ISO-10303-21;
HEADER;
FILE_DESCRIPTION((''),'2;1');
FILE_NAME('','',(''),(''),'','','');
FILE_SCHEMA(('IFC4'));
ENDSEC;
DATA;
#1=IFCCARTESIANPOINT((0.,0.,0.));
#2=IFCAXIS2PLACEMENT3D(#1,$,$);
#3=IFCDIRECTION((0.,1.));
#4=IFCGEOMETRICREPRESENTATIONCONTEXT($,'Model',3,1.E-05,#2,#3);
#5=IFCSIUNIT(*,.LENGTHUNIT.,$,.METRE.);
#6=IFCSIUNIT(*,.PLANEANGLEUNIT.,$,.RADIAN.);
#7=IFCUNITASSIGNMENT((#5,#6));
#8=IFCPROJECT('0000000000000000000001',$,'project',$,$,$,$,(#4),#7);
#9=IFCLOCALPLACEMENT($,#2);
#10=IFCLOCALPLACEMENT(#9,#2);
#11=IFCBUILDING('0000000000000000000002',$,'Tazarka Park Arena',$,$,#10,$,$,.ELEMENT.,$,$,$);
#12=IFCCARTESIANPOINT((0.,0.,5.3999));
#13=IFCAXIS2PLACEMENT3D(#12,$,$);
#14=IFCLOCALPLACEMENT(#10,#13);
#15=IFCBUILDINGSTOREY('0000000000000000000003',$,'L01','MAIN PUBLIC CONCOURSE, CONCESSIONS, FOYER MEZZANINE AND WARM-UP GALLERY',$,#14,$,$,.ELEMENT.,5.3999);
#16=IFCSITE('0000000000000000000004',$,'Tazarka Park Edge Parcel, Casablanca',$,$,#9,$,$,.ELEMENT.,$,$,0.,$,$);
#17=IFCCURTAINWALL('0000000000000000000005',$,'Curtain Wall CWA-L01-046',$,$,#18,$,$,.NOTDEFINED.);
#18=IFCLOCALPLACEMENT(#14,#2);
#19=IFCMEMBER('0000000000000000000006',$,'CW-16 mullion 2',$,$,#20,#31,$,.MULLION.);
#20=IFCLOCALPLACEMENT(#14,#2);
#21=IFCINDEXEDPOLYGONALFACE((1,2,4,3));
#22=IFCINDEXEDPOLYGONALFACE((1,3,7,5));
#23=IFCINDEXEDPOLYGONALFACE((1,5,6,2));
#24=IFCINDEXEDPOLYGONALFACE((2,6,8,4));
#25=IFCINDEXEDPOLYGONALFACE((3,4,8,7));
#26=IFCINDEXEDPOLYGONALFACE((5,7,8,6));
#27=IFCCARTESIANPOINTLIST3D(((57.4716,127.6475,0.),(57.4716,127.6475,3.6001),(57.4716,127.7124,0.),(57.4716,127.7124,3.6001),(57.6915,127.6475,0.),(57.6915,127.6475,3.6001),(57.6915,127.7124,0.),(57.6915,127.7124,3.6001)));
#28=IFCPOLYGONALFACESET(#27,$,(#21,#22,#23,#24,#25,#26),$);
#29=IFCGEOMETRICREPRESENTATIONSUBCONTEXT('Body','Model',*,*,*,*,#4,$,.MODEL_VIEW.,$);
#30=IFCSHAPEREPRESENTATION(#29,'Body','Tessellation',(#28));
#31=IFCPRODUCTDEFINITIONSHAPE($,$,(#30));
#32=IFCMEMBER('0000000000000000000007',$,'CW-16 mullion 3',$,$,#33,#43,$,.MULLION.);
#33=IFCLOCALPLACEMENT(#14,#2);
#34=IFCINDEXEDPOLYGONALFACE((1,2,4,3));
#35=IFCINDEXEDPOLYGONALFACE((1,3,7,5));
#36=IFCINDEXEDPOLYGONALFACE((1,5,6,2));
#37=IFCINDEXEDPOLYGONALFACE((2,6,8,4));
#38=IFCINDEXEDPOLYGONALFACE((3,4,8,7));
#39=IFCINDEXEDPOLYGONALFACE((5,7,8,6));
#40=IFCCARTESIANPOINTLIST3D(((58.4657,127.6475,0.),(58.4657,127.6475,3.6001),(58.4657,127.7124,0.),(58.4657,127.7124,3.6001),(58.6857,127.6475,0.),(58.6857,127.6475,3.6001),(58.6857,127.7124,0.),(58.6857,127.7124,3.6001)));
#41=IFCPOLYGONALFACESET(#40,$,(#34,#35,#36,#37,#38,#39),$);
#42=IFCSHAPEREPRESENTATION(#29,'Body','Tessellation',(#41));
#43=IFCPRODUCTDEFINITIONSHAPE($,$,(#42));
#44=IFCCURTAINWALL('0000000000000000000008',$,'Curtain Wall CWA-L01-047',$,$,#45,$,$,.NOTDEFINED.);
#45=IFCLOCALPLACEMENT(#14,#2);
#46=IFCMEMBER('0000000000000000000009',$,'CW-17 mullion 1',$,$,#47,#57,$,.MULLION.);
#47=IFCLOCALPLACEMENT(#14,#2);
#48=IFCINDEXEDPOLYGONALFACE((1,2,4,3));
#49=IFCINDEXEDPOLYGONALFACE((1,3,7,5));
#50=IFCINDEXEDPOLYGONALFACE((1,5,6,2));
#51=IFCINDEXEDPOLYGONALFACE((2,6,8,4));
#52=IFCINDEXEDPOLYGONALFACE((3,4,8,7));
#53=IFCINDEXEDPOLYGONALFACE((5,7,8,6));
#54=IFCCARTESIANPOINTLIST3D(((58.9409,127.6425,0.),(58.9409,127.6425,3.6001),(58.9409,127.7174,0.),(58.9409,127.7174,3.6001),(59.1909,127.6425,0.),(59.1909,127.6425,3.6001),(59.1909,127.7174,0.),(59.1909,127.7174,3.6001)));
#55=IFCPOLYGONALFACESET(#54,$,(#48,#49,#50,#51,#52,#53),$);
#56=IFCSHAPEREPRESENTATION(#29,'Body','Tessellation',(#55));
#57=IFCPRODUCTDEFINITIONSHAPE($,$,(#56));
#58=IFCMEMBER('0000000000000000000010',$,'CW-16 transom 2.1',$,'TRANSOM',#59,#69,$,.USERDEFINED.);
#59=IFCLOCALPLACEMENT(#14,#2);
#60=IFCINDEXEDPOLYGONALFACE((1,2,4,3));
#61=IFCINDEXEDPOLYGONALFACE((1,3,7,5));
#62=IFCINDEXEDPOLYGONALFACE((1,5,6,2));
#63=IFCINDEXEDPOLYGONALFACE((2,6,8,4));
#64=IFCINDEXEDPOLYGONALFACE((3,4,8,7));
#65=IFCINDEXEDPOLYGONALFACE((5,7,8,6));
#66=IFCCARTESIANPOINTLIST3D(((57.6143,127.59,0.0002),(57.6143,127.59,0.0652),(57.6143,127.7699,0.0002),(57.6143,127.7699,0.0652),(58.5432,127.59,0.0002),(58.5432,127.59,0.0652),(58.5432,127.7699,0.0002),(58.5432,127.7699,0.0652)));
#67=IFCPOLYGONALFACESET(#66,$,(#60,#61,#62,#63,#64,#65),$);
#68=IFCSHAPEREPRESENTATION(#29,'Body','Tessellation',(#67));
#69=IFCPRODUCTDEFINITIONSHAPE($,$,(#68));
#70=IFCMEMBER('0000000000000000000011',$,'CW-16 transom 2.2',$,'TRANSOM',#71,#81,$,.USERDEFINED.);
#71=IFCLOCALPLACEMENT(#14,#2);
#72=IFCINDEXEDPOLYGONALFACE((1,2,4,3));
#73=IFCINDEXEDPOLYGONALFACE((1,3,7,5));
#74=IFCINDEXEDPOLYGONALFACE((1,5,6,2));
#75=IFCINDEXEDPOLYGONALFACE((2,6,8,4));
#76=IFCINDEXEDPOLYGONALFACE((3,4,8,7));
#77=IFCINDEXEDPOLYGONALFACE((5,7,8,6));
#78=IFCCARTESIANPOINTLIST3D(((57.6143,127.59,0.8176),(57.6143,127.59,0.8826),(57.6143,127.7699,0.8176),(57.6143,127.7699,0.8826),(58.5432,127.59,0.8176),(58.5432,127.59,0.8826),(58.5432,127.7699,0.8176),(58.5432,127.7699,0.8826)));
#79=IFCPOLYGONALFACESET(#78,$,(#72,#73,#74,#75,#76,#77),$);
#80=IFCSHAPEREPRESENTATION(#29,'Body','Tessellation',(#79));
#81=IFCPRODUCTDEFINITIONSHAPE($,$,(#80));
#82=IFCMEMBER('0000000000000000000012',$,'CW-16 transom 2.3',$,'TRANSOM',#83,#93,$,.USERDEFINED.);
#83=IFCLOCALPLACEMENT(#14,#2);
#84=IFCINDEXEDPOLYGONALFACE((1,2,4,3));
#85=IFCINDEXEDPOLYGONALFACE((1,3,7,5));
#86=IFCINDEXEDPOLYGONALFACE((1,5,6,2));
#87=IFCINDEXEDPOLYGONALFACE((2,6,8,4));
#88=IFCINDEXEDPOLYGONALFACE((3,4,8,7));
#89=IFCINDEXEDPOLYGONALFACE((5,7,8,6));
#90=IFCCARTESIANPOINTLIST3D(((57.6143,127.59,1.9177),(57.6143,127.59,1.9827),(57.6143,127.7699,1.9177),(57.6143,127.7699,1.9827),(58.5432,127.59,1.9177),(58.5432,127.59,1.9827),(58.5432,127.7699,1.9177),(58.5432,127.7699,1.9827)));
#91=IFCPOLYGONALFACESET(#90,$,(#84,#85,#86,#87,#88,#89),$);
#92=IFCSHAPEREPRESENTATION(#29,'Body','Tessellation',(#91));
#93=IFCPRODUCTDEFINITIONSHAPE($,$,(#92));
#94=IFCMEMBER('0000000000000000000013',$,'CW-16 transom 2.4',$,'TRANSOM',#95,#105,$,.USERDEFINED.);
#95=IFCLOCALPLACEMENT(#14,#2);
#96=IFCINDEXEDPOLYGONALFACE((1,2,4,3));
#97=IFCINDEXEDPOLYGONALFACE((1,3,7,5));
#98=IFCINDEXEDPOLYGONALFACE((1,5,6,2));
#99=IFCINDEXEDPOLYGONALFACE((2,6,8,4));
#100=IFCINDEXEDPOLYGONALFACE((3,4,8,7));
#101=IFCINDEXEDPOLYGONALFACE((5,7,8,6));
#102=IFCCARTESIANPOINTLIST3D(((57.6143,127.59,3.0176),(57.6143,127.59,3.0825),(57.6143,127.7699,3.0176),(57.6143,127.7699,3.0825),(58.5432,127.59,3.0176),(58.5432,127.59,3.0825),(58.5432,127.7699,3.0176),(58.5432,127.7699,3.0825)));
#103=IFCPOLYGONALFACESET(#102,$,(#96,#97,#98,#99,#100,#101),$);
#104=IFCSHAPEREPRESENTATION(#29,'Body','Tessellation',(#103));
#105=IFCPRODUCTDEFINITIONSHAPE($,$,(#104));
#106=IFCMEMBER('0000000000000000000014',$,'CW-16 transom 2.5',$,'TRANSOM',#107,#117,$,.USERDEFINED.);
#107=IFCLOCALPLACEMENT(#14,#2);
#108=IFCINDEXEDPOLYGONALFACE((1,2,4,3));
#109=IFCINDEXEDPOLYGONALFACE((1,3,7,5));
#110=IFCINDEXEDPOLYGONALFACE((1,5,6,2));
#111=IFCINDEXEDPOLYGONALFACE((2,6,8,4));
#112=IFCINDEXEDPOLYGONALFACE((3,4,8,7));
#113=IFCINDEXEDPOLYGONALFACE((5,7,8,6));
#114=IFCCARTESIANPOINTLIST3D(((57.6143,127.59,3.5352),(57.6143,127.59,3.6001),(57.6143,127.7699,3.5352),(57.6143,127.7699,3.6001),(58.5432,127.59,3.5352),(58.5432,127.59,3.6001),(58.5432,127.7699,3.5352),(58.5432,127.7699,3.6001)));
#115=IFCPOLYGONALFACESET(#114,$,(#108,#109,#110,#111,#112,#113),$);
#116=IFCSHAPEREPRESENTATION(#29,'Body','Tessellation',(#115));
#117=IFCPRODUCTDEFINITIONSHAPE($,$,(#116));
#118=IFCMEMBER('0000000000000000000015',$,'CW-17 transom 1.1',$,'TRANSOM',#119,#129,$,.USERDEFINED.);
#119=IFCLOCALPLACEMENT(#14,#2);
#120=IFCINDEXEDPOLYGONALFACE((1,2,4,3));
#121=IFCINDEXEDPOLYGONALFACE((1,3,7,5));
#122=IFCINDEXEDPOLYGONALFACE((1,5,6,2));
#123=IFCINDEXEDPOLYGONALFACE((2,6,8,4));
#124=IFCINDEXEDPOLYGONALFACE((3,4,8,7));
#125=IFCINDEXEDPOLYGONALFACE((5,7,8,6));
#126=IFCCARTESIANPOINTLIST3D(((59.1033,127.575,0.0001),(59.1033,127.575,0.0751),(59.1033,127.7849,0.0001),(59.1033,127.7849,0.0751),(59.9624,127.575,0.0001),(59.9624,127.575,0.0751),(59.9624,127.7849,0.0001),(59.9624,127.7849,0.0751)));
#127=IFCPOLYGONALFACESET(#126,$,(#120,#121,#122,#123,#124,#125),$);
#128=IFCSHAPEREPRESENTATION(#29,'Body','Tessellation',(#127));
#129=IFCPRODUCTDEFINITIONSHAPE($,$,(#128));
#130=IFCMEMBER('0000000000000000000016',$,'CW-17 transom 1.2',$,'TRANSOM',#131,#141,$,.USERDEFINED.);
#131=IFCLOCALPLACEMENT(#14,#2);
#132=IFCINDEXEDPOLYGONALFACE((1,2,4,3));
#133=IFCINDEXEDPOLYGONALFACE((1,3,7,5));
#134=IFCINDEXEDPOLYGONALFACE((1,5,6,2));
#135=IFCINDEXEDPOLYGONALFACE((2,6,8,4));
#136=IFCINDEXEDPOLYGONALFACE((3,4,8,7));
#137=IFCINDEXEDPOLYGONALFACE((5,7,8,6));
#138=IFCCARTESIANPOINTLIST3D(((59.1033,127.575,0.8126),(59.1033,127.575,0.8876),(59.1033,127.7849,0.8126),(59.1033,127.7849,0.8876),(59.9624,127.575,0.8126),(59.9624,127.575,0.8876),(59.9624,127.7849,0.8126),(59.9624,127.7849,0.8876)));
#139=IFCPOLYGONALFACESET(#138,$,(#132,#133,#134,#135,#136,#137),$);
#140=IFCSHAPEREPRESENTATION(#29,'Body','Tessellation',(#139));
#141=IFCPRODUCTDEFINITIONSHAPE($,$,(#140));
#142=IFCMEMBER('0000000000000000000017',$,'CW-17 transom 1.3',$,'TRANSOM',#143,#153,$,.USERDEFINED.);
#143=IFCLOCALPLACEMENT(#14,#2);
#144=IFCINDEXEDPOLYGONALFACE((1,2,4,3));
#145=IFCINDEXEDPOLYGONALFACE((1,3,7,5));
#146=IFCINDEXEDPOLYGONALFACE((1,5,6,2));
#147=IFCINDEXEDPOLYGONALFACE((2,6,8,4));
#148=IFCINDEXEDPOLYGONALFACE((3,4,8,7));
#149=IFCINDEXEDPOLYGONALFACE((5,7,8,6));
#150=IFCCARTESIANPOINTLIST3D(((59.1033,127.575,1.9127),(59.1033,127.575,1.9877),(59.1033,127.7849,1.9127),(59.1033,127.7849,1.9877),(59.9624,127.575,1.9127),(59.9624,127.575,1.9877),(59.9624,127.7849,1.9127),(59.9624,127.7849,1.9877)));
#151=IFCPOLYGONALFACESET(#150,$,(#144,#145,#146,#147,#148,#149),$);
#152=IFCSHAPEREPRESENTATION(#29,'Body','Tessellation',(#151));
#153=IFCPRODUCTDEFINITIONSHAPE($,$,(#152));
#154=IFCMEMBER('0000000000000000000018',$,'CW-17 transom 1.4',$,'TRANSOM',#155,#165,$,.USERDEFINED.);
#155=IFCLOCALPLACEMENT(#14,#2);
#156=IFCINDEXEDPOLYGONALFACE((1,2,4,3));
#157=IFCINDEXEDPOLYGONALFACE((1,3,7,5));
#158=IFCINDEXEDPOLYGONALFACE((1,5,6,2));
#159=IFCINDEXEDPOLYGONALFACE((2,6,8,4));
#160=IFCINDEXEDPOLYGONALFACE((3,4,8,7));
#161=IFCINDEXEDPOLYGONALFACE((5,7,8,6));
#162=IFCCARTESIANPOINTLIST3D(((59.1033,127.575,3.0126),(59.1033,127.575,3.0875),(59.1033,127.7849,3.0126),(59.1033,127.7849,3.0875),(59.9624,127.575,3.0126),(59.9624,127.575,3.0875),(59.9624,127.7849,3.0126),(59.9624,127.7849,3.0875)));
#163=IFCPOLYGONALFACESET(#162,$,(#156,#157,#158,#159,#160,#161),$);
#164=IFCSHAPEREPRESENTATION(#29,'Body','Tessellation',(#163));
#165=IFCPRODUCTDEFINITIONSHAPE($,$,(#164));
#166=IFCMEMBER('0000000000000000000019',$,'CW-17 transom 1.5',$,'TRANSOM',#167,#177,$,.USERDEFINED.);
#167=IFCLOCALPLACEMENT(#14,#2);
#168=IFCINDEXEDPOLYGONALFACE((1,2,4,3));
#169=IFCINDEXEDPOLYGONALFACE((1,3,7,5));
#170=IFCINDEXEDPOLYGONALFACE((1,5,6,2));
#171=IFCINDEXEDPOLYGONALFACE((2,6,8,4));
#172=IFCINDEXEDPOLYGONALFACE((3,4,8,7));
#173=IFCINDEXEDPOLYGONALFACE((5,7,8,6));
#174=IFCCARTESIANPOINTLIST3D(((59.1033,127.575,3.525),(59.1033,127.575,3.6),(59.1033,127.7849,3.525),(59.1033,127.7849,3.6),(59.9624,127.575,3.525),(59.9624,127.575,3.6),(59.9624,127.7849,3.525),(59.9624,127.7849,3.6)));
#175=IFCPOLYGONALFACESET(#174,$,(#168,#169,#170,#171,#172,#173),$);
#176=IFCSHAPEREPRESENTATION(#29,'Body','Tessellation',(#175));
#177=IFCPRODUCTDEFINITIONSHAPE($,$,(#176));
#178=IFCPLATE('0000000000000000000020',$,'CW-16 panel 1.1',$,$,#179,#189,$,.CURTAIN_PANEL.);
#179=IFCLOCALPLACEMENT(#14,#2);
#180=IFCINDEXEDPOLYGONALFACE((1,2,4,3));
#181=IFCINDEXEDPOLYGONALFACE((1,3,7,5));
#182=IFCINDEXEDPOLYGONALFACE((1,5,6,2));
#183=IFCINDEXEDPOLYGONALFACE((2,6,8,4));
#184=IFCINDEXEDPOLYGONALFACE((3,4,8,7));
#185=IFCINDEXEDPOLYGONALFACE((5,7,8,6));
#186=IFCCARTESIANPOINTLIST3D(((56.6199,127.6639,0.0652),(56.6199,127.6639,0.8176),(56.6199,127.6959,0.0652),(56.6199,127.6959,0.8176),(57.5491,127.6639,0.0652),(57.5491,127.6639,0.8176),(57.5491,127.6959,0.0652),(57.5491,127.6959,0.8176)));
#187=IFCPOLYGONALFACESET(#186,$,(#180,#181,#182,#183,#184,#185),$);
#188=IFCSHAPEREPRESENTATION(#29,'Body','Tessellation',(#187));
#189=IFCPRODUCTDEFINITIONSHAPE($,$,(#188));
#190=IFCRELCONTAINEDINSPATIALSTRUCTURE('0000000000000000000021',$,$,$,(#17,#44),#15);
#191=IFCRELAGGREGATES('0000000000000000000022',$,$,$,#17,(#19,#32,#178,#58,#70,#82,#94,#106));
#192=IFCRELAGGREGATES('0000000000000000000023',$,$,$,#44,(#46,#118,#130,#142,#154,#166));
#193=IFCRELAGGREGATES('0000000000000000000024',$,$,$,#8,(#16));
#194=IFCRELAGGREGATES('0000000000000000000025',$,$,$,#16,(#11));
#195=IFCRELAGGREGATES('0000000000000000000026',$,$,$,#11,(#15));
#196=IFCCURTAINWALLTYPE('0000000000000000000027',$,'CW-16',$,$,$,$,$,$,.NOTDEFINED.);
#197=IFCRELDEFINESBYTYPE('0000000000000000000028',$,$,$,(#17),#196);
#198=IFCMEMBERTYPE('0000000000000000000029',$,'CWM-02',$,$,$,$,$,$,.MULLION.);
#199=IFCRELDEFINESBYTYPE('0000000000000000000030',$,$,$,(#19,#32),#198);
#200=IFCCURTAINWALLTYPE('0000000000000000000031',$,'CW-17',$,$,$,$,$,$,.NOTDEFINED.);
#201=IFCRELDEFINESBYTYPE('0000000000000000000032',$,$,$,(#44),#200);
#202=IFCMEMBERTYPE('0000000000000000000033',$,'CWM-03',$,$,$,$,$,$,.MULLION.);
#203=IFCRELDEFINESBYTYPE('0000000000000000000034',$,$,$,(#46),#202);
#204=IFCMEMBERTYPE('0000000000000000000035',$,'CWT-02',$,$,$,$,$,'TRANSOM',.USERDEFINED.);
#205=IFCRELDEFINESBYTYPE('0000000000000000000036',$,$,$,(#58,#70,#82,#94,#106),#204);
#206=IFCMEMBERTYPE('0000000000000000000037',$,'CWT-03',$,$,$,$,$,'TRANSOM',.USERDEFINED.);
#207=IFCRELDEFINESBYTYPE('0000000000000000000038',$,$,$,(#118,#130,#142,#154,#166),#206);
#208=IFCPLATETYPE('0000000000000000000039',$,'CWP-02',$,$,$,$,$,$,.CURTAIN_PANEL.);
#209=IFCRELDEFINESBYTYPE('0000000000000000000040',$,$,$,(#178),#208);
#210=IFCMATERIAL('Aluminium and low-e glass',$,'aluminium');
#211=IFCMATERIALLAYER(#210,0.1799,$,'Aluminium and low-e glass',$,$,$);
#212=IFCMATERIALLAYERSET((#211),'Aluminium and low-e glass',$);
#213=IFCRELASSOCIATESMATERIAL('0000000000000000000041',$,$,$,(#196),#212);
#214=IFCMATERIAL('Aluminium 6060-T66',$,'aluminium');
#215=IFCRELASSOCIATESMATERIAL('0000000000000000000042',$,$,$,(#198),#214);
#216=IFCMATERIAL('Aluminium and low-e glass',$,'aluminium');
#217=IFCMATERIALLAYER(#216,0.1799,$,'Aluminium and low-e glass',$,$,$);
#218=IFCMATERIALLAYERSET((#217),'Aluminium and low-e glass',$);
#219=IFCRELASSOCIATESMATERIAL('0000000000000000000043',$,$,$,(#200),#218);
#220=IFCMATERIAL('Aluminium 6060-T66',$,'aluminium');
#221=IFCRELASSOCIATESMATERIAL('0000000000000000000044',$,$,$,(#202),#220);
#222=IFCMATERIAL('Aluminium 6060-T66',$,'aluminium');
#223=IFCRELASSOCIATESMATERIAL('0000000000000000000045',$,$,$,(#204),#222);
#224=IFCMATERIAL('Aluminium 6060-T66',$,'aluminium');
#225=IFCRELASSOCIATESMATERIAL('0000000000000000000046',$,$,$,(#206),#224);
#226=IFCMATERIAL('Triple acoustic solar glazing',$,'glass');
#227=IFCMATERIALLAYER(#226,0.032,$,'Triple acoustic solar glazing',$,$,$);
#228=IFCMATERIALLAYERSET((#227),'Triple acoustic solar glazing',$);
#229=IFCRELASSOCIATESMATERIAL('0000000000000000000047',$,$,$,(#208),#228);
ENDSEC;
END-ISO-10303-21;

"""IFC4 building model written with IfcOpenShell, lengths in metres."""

from ifc_helpers import new_model, si_unit, direction, frame, origin, origin_2d, place, context, subcontext, project, spatial, rectangle, extrude, material, layer, layer_set, material_profile, profile_set, type_object, element, aggregate, save


model = new_model("IFC4")

# Units and contexts
model_context = context("Model", 3, precision=1e-05, world=origin(), true_north=direction((0.0, 1.0)))
body_context = subcontext(model_context, "Body", "Model", "MODEL_VIEW")
ifc_project = project(units=[si_unit("LENGTHUNIT", "METRE"), si_unit("PLANEANGLEUNIT", "RADIAN")], contexts=[model_context])

# Site, building, storey
site_placement = place(None, origin())
site = spatial("IfcSite", under=ifc_project, at=site_placement, Name="Tazarka Park Edge Parcel, Casablanca", CompositionType="ELEMENT", RefElevation=0.0)
building_placement = place(site_placement, origin())
building = spatial("IfcBuilding", under=site, at=building_placement, Name="Tazarka Park Arena", CompositionType="ELEMENT")
storey_placement = place(building_placement, frame((0.0, 0.0, 5.3999)))
storey = spatial("IfcBuildingStorey", under=building, at=storey_placement, Name="L01", Description="MAIN PUBLIC CONCOURSE, CONCESSIONS, FOYER MEZZANINE AND WARM-UP GALLERY", CompositionType="ELEMENT", Elevation=5.3999)

# Curtain wall, members
ifc_material_1 = material(Name="Aluminium and low-e glass", Category="aluminium")
ifc_layer_1 = layer(ifc_material_1, 0.1799, Name="Aluminium and low-e glass")
ifc_layer_set_1 = layer_set([ifc_layer_1], Name="Aluminium and low-e glass")
curtain_wall_type_1 = type_object("IfcCurtainWallType", Name="CW-16", PredefinedType="NOTDEFINED", material=ifc_layer_set_1)
curtain_wall_1_placement = place(storey_placement, origin())
curtain_wall_1 = element("IfcCurtainWall", 1, at=curtain_wall_1_placement, inside=storey, type_object=curtain_wall_type_1, Name="Curtain Wall CWA-L01-046", PredefinedType="NOTDEFINED")
ifc_material_2 = material(Name="Aluminium 6060-T66", Category="aluminium")
ifc_material_profile_1 = material_profile(ifc_material_2, rectangle(XDim=0.0649, YDim=0.22, at=origin_2d()), Name="Aluminium 6060-T66")
ifc_profile_set_1 = profile_set([ifc_material_profile_1], Name="Aluminium 6060-T66")
member_type_1 = type_object("IfcMemberType", Name="CWM-02", PredefinedType="MULLION", material=ifc_profile_set_1)
member_1_placement = place(storey_placement, frame((57.5815, 127.6799, 0.0), z_axis=(0.0, 0.0, 1.0), x_axis=(0.0, 1.0, 0.0)))
member_1 = element("IfcMember", 2, at=member_1_placement, type_object=member_type_1, Name="CW-16 mullion 2", PredefinedType="MULLION", context=body_context, shape_type="SweptSolid", body=[
    extrude(rectangle(XDim=0.0649, YDim=0.22, at=origin_2d()), origin(), (0.0, 0.0, 1.0), 3.6001),
])
member_2_placement = place(storey_placement, frame((58.5757, 127.6799, 0.0), z_axis=(0.0, 0.0, 1.0), x_axis=(0.0, 1.0, 0.0)))
member_2 = element("IfcMember", 3, at=member_2_placement, type_object=member_type_1, Name="CW-16 mullion 3", PredefinedType="MULLION", context=body_context, shape_type="SweptSolid", body=[
    extrude(rectangle(XDim=0.0649, YDim=0.22, at=origin_2d()), origin(), (0.0, 0.0, 1.0), 3.6001),
])

# Curtain wall, member
ifc_material_3 = material(Name="Aluminium and low-e glass", Category="aluminium")
ifc_layer_2 = layer(ifc_material_3, 0.1799, Name="Aluminium and low-e glass")
ifc_layer_set_2 = layer_set([ifc_layer_2], Name="Aluminium and low-e glass")
curtain_wall_type_2 = type_object("IfcCurtainWallType", Name="CW-17", PredefinedType="NOTDEFINED", material=ifc_layer_set_2)
curtain_wall_2_placement = place(storey_placement, origin())
curtain_wall_2 = element("IfcCurtainWall", 4, at=curtain_wall_2_placement, inside=storey, type_object=curtain_wall_type_2, Name="Curtain Wall CWA-L01-047", PredefinedType="NOTDEFINED")
ifc_material_4 = material(Name="Aluminium 6060-T66", Category="aluminium")
ifc_material_profile_2 = material_profile(ifc_material_4, rectangle(XDim=0.075, YDim=0.25, at=origin_2d()), Name="Aluminium 6060-T66")
ifc_profile_set_2 = profile_set([ifc_material_profile_2], Name="Aluminium 6060-T66")
member_type_2 = type_object("IfcMemberType", Name="CWM-03", PredefinedType="MULLION", material=ifc_profile_set_2)
member_3_placement = place(storey_placement, frame((59.0659, 127.6799, 0.0), z_axis=(0.0, 0.0, 1.0), x_axis=(0.0, 1.0, 0.0)))
member_3 = element("IfcMember", 5, at=member_3_placement, type_object=member_type_2, Name="CW-17 mullion 1", PredefinedType="MULLION", context=body_context, shape_type="SweptSolid", body=[
    extrude(rectangle(XDim=0.075, YDim=0.25, at=origin_2d()), origin(), (0.0, 0.0, 1.0), 3.6001),
])

# Members
ifc_material_5 = material(Name="Aluminium 6060-T66", Category="aluminium")
ifc_material_profile_3 = material_profile(ifc_material_5, rectangle(XDim=0.1799, YDim=0.0649, at=origin_2d()), Name="Aluminium 6060-T66")
ifc_profile_set_3 = profile_set([ifc_material_profile_3], Name="Aluminium 6060-T66")
member_type_3 = type_object("IfcMemberType", Name="CWT-02", ElementType="TRANSOM", PredefinedType="USERDEFINED", material=ifc_profile_set_3)
member_4_placement = place(storey_placement, frame((57.6143, 127.6799, 0.0327), z_axis=(1.0, 0.0, 0.0), x_axis=(0.0, 1.0, 0.0)))
member_4 = element("IfcMember", 6, at=member_4_placement, type_object=member_type_3, Name="CW-16 transom 2.1", ObjectType="TRANSOM", PredefinedType="USERDEFINED", context=body_context, shape_type="SweptSolid", body=[
    extrude(rectangle(XDim=0.1799, YDim=0.0649, at=origin_2d()), origin(), (0.0, 0.0, 1.0), 0.929),
])
member_5_placement = place(storey_placement, frame((57.6143, 127.6799, 0.8501), z_axis=(1.0, 0.0, 0.0), x_axis=(0.0, 1.0, 0.0)))
member_5 = element("IfcMember", 7, at=member_5_placement, type_object=member_type_3, Name="CW-16 transom 2.2", ObjectType="TRANSOM", PredefinedType="USERDEFINED", context=body_context, shape_type="SweptSolid", body=[
    extrude(rectangle(XDim=0.1799, YDim=0.0649, at=origin_2d()), origin(), (0.0, 0.0, 1.0), 0.929),
])
member_6_placement = place(storey_placement, frame((57.6143, 127.6799, 1.9502), z_axis=(1.0, 0.0, 0.0), x_axis=(0.0, 1.0, 0.0)))
member_6 = element("IfcMember", 8, at=member_6_placement, type_object=member_type_3, Name="CW-16 transom 2.3", ObjectType="TRANSOM", PredefinedType="USERDEFINED", context=body_context, shape_type="SweptSolid", body=[
    extrude(rectangle(XDim=0.1799, YDim=0.0649, at=origin_2d()), origin(), (0.0, 0.0, 1.0), 0.929),
])
member_7_placement = place(storey_placement, frame((57.6143, 127.6799, 3.05), z_axis=(1.0, 0.0, 0.0), x_axis=(0.0, 1.0, 0.0)))
member_7 = element("IfcMember", 9, at=member_7_placement, type_object=member_type_3, Name="CW-16 transom 2.4", ObjectType="TRANSOM", PredefinedType="USERDEFINED", context=body_context, shape_type="SweptSolid", body=[
    extrude(rectangle(XDim=0.1799, YDim=0.0649, at=origin_2d()), origin(), (0.0, 0.0, 1.0), 0.929),
])
member_8_placement = place(storey_placement, frame((57.6143, 127.6799, 3.5676), z_axis=(1.0, 0.0, 0.0), x_axis=(0.0, 1.0, 0.0)))
member_8 = element("IfcMember", 10, at=member_8_placement, type_object=member_type_3, Name="CW-16 transom 2.5", ObjectType="TRANSOM", PredefinedType="USERDEFINED", context=body_context, shape_type="SweptSolid", body=[
    extrude(rectangle(XDim=0.1799, YDim=0.0649, at=origin_2d()), origin(), (0.0, 0.0, 1.0), 0.929),
])
ifc_material_6 = material(Name="Aluminium 6060-T66", Category="aluminium")
ifc_material_profile_4 = material_profile(ifc_material_6, rectangle(XDim=0.21, YDim=0.075, at=origin_2d()), Name="Aluminium 6060-T66")
ifc_profile_set_4 = profile_set([ifc_material_profile_4], Name="Aluminium 6060-T66")
member_type_4 = type_object("IfcMemberType", Name="CWT-03", ElementType="TRANSOM", PredefinedType="USERDEFINED", material=ifc_profile_set_4)
member_9_placement = place(storey_placement, frame((59.1033, 127.6799, 0.0376), z_axis=(1.0, 0.0, 0.0), x_axis=(0.0, 1.0, 0.0)))
member_9 = element("IfcMember", 11, at=member_9_placement, type_object=member_type_4, Name="CW-17 transom 1.1", ObjectType="TRANSOM", PredefinedType="USERDEFINED", context=body_context, shape_type="SweptSolid", body=[
    extrude(rectangle(XDim=0.21, YDim=0.075, at=origin_2d()), origin(), (0.0, 0.0, 1.0), 0.8591),
])
member_10_placement = place(storey_placement, frame((59.1033, 127.6799, 0.8501), z_axis=(1.0, 0.0, 0.0), x_axis=(0.0, 1.0, 0.0)))
member_10 = element("IfcMember", 12, at=member_10_placement, type_object=member_type_4, Name="CW-17 transom 1.2", ObjectType="TRANSOM", PredefinedType="USERDEFINED", context=body_context, shape_type="SweptSolid", body=[
    extrude(rectangle(XDim=0.21, YDim=0.075, at=origin_2d()), origin(), (0.0, 0.0, 1.0), 0.8591),
])
member_11_placement = place(storey_placement, frame((59.1033, 127.6799, 1.9502), z_axis=(1.0, 0.0, 0.0), x_axis=(0.0, 1.0, 0.0)))
member_11 = element("IfcMember", 13, at=member_11_placement, type_object=member_type_4, Name="CW-17 transom 1.3", ObjectType="TRANSOM", PredefinedType="USERDEFINED", context=body_context, shape_type="SweptSolid", body=[
    extrude(rectangle(XDim=0.21, YDim=0.075, at=origin_2d()), origin(), (0.0, 0.0, 1.0), 0.8591),
])
member_12_placement = place(storey_placement, frame((59.1033, 127.6799, 3.05), z_axis=(1.0, 0.0, 0.0), x_axis=(0.0, 1.0, 0.0)))
member_12 = element("IfcMember", 14, at=member_12_placement, type_object=member_type_4, Name="CW-17 transom 1.4", ObjectType="TRANSOM", PredefinedType="USERDEFINED", context=body_context, shape_type="SweptSolid", body=[
    extrude(rectangle(XDim=0.21, YDim=0.075, at=origin_2d()), origin(), (0.0, 0.0, 1.0), 0.8591),
])
member_13_placement = place(storey_placement, frame((59.1033, 127.6799, 3.5625), z_axis=(1.0, 0.0, 0.0), x_axis=(0.0, 1.0, 0.0)))
member_13 = element("IfcMember", 15, at=member_13_placement, type_object=member_type_4, Name="CW-17 transom 1.5", ObjectType="TRANSOM", PredefinedType="USERDEFINED", context=body_context, shape_type="SweptSolid", body=[
    extrude(rectangle(XDim=0.21, YDim=0.075, at=origin_2d()), origin(), (0.0, 0.0, 1.0), 0.8591),
])

# Plate
ifc_material_7 = material(Name="Triple acoustic solar glazing", Category="glass")
ifc_layer_3 = layer(ifc_material_7, 0.032, Name="Triple acoustic solar glazing")
ifc_layer_set_3 = layer_set([ifc_layer_3], Name="Triple acoustic solar glazing")
plate_type_1 = type_object("IfcPlateType", Name="CWP-02", PredefinedType="CURTAIN_PANEL", material=ifc_layer_set_3)
plate_1_placement = place(storey_placement, frame((57.0845, 127.6799, 0.0652), z_axis=(0.0, 0.0, 1.0), x_axis=(1.0, 0.0, 0.0)))
plate_1 = element("IfcPlate", 16, at=plate_1_placement, type_object=plate_type_1, Name="CW-16 panel 1.1", PredefinedType="CURTAIN_PANEL", context=body_context, shape_type="SweptSolid", body=[
    extrude(rectangle(XDim=0.9292, YDim=0.032, at=origin_2d()), origin(), (0.0, 0.0, 1.0), 0.7524),
])
aggregate(curtain_wall_1, [member_1, member_2, plate_1, member_4, member_5, member_6, member_7, member_8])
aggregate(curtain_wall_2, [member_3, member_9, member_10, member_11, member_12, member_13])

save(model, "model.ifc")
